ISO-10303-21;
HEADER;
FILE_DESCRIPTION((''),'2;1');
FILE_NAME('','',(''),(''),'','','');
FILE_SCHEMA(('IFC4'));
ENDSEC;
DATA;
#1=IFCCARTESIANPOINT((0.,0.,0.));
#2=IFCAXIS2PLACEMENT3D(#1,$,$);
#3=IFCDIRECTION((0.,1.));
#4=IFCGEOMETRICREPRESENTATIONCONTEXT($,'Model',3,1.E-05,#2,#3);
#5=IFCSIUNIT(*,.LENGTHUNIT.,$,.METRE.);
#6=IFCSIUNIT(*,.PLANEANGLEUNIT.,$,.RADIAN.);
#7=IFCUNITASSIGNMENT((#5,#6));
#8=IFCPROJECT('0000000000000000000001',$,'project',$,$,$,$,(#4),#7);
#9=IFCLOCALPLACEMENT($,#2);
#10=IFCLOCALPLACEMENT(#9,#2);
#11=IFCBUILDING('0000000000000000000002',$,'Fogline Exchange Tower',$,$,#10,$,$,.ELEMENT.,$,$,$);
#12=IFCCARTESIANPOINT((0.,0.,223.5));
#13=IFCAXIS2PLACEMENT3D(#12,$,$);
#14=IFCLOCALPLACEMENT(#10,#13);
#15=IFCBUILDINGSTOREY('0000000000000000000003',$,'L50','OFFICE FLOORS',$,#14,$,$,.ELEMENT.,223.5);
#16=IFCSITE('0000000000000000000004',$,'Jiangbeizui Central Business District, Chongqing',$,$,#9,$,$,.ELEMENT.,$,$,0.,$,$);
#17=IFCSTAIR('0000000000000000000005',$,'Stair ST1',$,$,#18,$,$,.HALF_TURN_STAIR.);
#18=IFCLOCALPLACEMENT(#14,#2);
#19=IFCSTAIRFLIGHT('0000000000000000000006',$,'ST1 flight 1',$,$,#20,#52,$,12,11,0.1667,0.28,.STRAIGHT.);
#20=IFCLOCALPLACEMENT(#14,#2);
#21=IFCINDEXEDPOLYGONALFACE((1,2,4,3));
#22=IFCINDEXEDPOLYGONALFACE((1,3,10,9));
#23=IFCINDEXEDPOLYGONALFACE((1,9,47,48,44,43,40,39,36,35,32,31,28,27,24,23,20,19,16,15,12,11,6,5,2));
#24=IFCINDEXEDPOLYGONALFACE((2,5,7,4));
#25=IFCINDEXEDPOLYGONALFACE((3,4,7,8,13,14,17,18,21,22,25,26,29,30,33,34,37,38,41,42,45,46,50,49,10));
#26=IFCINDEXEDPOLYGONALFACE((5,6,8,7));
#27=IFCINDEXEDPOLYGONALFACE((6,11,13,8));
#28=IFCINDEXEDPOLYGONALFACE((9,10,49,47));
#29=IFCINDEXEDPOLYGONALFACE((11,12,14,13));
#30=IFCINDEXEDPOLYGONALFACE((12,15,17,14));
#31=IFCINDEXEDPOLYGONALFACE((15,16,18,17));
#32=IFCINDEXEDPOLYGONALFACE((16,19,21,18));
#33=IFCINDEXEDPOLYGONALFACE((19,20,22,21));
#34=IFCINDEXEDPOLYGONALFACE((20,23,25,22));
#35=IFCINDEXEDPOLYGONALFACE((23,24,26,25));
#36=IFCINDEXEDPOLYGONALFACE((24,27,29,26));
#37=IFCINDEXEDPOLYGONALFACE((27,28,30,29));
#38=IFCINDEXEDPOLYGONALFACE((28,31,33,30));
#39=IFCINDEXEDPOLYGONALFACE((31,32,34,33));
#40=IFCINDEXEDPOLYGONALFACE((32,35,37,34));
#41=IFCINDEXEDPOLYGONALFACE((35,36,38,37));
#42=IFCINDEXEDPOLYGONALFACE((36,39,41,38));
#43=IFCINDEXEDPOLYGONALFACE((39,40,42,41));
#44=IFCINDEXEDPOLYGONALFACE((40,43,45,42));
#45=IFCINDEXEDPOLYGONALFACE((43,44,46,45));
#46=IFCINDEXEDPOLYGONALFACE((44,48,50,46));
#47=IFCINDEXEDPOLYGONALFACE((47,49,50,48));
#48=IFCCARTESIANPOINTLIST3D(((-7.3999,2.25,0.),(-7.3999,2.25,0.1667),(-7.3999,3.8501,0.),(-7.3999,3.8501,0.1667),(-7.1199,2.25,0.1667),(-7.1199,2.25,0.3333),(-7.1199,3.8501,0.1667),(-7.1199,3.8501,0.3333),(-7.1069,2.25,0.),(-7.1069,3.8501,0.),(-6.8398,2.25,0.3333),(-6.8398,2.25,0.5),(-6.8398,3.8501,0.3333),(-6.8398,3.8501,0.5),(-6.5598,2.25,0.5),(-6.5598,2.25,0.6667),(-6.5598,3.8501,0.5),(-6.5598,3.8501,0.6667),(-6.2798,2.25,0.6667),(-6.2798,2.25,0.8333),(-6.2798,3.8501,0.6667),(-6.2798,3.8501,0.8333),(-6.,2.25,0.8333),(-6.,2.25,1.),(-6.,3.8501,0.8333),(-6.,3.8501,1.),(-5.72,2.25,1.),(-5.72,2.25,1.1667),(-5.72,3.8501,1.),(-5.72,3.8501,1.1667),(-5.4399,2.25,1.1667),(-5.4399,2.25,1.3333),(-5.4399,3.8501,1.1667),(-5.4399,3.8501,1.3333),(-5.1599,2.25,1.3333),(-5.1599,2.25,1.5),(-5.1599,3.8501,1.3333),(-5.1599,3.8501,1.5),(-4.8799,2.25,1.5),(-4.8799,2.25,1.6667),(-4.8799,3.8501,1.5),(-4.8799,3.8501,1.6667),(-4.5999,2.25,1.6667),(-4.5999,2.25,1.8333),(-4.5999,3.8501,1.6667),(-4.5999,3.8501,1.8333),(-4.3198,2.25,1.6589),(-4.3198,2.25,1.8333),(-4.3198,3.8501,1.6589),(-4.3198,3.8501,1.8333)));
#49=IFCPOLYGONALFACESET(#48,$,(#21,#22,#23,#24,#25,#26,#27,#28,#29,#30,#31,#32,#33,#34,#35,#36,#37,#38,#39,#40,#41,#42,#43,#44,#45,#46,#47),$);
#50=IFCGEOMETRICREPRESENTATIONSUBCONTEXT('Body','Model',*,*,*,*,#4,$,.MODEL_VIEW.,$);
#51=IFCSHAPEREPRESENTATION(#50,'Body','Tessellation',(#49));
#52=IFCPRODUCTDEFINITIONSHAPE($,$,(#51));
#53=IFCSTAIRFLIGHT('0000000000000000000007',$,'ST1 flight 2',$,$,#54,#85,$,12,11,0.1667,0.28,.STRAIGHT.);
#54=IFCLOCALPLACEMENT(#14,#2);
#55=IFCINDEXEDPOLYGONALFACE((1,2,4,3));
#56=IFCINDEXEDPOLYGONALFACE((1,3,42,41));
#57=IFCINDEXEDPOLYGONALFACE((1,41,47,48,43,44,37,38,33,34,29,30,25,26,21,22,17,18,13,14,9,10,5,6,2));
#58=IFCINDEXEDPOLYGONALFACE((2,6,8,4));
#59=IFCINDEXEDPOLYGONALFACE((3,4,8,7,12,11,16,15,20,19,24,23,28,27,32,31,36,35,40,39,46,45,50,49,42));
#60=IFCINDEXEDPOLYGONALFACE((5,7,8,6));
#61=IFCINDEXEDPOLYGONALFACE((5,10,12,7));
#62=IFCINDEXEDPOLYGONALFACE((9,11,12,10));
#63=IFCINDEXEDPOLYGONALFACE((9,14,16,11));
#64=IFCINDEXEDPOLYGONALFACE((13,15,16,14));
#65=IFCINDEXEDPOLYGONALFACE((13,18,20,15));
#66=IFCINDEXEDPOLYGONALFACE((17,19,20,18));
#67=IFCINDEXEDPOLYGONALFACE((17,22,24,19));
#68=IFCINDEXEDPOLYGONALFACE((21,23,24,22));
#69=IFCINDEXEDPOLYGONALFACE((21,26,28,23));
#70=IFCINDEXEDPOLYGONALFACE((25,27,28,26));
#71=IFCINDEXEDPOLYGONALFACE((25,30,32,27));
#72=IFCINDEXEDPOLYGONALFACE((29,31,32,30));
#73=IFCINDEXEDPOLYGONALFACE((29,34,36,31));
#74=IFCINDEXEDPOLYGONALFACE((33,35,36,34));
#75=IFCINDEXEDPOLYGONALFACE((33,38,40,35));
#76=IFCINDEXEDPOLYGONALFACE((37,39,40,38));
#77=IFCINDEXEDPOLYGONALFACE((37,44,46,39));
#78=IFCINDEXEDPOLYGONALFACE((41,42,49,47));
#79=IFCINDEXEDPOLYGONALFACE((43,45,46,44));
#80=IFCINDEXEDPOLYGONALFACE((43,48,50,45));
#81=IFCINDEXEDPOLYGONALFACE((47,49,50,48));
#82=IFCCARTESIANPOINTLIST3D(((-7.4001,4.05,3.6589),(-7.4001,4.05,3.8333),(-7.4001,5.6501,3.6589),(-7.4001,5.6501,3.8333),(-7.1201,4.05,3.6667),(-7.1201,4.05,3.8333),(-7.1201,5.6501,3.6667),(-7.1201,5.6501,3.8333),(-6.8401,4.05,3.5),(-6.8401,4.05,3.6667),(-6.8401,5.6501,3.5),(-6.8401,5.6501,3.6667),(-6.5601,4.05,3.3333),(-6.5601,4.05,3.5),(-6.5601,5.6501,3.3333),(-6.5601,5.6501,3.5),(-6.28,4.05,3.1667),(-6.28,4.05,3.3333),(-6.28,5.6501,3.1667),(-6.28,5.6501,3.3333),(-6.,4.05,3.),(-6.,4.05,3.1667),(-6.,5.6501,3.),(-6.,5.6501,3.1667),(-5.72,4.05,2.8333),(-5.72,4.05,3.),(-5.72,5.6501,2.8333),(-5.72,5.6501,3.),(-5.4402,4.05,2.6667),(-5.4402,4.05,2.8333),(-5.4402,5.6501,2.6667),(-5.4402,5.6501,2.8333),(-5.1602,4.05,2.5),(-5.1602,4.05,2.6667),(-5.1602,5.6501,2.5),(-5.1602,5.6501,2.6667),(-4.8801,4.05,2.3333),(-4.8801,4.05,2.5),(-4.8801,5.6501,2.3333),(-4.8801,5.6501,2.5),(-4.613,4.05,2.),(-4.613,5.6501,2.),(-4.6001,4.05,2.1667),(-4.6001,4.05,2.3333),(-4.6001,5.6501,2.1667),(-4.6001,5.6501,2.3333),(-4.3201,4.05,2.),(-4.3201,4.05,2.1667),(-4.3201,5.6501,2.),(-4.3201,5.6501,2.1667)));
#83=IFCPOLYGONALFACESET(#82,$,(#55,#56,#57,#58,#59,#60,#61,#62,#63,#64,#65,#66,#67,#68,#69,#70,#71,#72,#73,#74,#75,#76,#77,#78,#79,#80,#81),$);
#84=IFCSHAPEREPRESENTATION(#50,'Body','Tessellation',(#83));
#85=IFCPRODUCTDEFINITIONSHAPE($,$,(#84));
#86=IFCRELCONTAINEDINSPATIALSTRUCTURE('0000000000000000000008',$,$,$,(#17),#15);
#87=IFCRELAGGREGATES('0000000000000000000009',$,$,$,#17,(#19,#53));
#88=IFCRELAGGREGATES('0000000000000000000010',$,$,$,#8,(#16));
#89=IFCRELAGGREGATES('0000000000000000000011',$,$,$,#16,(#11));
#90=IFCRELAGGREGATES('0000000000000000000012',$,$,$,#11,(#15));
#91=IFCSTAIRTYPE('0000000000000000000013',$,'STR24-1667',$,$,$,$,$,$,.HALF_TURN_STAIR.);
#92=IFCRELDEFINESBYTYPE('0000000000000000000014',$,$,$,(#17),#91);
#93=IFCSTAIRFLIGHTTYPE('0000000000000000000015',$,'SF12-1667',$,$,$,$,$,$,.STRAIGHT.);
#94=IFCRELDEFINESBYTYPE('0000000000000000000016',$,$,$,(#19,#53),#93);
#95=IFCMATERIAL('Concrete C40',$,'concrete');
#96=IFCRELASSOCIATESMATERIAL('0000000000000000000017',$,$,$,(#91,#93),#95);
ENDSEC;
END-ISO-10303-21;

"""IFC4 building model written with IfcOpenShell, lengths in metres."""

from ifc_helpers import new_model, si_unit, direction, frame, origin, place, context, subcontext, project, spatial, polyline, outline, extrude, material, type_object, element, aggregate, save


model = new_model("IFC4")

# Units and contexts
model_context = context("Model", 3, precision=1e-05, world=origin(), true_north=direction((0.0, 1.0)))
body_context = subcontext(model_context, "Body", "Model", "MODEL_VIEW")
ifc_project = project(units=[si_unit("LENGTHUNIT", "METRE"), si_unit("PLANEANGLEUNIT", "RADIAN")], contexts=[model_context])

# Site, building, storey
site_placement = place(None, origin())
site = spatial("IfcSite", under=ifc_project, at=site_placement, Name="Jiangbeizui Central Business District, Chongqing", CompositionType="ELEMENT", RefElevation=0.0)
building_placement = place(site_placement, origin())
building = spatial("IfcBuilding", under=site, at=building_placement, Name="Fogline Exchange Tower", CompositionType="ELEMENT")
storey_placement = place(building_placement, frame((0.0, 0.0, 223.5)))
storey = spatial("IfcBuildingStorey", under=building, at=storey_placement, Name="L50", Description="OFFICE FLOORS", CompositionType="ELEMENT", Elevation=223.5)

# Shared definitions
ifc_material_1 = material(Name="Concrete C40", Category="concrete")

# Stair, stair flights
stair_type = type_object("IfcStairType", Name="STR24-1667", PredefinedType="HALF_TURN_STAIR", material=ifc_material_1)
stair_placement = place(storey_placement, origin())
stair = element("IfcStair", 1, at=stair_placement, inside=storey, type_object=stair_type, Name="Stair ST1", PredefinedType="HALF_TURN_STAIR")
stair_flight_type = type_object("IfcStairFlightType", Name="SF12-1667", PredefinedType="STRAIGHT", material=ifc_material_1)
stair_flight_1_placement = place(storey_placement, frame((-7.3999, 3.05, 0.0), z_axis=(0.0, 0.0, 1.0), x_axis=(1.0, 0.0, 0.0)))
stair_flight_1 = element("IfcStairFlight", 2, at=stair_flight_1_placement, type_object=stair_flight_type, Name="ST1 flight 1", NumberOfRisers=12, NumberOfTreads=11, PredefinedType="STRAIGHT", RiserHeight=0.1667, TreadLength=0.28, context=body_context, shape_type="SweptSolid", body=[
    extrude(outline(polyline([(0.0, 0.0), (0.0, 0.1667), (0.28, 0.1667), (0.28, 0.3333), (0.5601, 0.3333), (0.5601, 0.5), (0.8401, 0.5), (0.8401, 0.6667), (1.1201, 0.6667), (1.1201, 0.8333), (1.3999, 0.8333), (1.3999, 1.0), (1.6799, 1.0), (1.6799, 1.1667), (1.96, 1.1667), (1.96, 1.3333), (2.24, 1.3333), (2.24, 1.5), (2.52, 1.5), (2.52, 1.6667), (2.8, 1.6667), (2.8, 1.8333), (3.0801, 1.8333), (3.0801, 2.0), (3.0801, 1.6589), (0.293, 0.0), (0.0, 0.0)])), frame((0.0, 0.8, 0.0), z_axis=(0.0, -1.0, 0.0), x_axis=(1.0, 0.0, 0.0)), (0.0, 0.0, 1.0), 1.6001),
])
stair_flight_2_placement = place(storey_placement, frame((-4.3201, 4.8501, 2.0), z_axis=(0.0, 0.0, 1.0), x_axis=(-1.0, 0.0, 0.0)))
stair_flight_2 = element("IfcStairFlight", 3, at=stair_flight_2_placement, type_object=stair_flight_type, Name="ST1 flight 2", NumberOfRisers=12, NumberOfTreads=11, PredefinedType="STRAIGHT", RiserHeight=0.1667, TreadLength=0.28, context=body_context, shape_type="SweptSolid", body=[
    extrude(outline(polyline([(0.0, 0.0), (0.0, 0.1667), (0.28, 0.1667), (0.28, 0.3333), (0.5601, 0.3333), (0.5601, 0.5), (0.8401, 0.5), (0.8401, 0.6667), (1.1201, 0.6667), (1.1201, 0.8333), (1.3999, 0.8333), (1.3999, 1.0), (1.6799, 1.0), (1.6799, 1.1667), (1.96, 1.1667), (1.96, 1.3333), (2.24, 1.3333), (2.24, 1.5), (2.52, 1.5), (2.52, 1.6667), (2.8, 1.6667), (2.8, 1.8333), (3.0801, 1.8333), (3.0801, 2.0), (3.0801, 1.6589), (0.293, 0.0), (0.0, 0.0)])), frame((0.0, 0.8, 0.0), z_axis=(0.0, -1.0, 0.0), x_axis=(1.0, 0.0, 0.0)), (0.0, 0.0, 1.0), 1.6001),
])
aggregate(stair, [stair_flight_1, stair_flight_2])

save(model, "model.ifc")
